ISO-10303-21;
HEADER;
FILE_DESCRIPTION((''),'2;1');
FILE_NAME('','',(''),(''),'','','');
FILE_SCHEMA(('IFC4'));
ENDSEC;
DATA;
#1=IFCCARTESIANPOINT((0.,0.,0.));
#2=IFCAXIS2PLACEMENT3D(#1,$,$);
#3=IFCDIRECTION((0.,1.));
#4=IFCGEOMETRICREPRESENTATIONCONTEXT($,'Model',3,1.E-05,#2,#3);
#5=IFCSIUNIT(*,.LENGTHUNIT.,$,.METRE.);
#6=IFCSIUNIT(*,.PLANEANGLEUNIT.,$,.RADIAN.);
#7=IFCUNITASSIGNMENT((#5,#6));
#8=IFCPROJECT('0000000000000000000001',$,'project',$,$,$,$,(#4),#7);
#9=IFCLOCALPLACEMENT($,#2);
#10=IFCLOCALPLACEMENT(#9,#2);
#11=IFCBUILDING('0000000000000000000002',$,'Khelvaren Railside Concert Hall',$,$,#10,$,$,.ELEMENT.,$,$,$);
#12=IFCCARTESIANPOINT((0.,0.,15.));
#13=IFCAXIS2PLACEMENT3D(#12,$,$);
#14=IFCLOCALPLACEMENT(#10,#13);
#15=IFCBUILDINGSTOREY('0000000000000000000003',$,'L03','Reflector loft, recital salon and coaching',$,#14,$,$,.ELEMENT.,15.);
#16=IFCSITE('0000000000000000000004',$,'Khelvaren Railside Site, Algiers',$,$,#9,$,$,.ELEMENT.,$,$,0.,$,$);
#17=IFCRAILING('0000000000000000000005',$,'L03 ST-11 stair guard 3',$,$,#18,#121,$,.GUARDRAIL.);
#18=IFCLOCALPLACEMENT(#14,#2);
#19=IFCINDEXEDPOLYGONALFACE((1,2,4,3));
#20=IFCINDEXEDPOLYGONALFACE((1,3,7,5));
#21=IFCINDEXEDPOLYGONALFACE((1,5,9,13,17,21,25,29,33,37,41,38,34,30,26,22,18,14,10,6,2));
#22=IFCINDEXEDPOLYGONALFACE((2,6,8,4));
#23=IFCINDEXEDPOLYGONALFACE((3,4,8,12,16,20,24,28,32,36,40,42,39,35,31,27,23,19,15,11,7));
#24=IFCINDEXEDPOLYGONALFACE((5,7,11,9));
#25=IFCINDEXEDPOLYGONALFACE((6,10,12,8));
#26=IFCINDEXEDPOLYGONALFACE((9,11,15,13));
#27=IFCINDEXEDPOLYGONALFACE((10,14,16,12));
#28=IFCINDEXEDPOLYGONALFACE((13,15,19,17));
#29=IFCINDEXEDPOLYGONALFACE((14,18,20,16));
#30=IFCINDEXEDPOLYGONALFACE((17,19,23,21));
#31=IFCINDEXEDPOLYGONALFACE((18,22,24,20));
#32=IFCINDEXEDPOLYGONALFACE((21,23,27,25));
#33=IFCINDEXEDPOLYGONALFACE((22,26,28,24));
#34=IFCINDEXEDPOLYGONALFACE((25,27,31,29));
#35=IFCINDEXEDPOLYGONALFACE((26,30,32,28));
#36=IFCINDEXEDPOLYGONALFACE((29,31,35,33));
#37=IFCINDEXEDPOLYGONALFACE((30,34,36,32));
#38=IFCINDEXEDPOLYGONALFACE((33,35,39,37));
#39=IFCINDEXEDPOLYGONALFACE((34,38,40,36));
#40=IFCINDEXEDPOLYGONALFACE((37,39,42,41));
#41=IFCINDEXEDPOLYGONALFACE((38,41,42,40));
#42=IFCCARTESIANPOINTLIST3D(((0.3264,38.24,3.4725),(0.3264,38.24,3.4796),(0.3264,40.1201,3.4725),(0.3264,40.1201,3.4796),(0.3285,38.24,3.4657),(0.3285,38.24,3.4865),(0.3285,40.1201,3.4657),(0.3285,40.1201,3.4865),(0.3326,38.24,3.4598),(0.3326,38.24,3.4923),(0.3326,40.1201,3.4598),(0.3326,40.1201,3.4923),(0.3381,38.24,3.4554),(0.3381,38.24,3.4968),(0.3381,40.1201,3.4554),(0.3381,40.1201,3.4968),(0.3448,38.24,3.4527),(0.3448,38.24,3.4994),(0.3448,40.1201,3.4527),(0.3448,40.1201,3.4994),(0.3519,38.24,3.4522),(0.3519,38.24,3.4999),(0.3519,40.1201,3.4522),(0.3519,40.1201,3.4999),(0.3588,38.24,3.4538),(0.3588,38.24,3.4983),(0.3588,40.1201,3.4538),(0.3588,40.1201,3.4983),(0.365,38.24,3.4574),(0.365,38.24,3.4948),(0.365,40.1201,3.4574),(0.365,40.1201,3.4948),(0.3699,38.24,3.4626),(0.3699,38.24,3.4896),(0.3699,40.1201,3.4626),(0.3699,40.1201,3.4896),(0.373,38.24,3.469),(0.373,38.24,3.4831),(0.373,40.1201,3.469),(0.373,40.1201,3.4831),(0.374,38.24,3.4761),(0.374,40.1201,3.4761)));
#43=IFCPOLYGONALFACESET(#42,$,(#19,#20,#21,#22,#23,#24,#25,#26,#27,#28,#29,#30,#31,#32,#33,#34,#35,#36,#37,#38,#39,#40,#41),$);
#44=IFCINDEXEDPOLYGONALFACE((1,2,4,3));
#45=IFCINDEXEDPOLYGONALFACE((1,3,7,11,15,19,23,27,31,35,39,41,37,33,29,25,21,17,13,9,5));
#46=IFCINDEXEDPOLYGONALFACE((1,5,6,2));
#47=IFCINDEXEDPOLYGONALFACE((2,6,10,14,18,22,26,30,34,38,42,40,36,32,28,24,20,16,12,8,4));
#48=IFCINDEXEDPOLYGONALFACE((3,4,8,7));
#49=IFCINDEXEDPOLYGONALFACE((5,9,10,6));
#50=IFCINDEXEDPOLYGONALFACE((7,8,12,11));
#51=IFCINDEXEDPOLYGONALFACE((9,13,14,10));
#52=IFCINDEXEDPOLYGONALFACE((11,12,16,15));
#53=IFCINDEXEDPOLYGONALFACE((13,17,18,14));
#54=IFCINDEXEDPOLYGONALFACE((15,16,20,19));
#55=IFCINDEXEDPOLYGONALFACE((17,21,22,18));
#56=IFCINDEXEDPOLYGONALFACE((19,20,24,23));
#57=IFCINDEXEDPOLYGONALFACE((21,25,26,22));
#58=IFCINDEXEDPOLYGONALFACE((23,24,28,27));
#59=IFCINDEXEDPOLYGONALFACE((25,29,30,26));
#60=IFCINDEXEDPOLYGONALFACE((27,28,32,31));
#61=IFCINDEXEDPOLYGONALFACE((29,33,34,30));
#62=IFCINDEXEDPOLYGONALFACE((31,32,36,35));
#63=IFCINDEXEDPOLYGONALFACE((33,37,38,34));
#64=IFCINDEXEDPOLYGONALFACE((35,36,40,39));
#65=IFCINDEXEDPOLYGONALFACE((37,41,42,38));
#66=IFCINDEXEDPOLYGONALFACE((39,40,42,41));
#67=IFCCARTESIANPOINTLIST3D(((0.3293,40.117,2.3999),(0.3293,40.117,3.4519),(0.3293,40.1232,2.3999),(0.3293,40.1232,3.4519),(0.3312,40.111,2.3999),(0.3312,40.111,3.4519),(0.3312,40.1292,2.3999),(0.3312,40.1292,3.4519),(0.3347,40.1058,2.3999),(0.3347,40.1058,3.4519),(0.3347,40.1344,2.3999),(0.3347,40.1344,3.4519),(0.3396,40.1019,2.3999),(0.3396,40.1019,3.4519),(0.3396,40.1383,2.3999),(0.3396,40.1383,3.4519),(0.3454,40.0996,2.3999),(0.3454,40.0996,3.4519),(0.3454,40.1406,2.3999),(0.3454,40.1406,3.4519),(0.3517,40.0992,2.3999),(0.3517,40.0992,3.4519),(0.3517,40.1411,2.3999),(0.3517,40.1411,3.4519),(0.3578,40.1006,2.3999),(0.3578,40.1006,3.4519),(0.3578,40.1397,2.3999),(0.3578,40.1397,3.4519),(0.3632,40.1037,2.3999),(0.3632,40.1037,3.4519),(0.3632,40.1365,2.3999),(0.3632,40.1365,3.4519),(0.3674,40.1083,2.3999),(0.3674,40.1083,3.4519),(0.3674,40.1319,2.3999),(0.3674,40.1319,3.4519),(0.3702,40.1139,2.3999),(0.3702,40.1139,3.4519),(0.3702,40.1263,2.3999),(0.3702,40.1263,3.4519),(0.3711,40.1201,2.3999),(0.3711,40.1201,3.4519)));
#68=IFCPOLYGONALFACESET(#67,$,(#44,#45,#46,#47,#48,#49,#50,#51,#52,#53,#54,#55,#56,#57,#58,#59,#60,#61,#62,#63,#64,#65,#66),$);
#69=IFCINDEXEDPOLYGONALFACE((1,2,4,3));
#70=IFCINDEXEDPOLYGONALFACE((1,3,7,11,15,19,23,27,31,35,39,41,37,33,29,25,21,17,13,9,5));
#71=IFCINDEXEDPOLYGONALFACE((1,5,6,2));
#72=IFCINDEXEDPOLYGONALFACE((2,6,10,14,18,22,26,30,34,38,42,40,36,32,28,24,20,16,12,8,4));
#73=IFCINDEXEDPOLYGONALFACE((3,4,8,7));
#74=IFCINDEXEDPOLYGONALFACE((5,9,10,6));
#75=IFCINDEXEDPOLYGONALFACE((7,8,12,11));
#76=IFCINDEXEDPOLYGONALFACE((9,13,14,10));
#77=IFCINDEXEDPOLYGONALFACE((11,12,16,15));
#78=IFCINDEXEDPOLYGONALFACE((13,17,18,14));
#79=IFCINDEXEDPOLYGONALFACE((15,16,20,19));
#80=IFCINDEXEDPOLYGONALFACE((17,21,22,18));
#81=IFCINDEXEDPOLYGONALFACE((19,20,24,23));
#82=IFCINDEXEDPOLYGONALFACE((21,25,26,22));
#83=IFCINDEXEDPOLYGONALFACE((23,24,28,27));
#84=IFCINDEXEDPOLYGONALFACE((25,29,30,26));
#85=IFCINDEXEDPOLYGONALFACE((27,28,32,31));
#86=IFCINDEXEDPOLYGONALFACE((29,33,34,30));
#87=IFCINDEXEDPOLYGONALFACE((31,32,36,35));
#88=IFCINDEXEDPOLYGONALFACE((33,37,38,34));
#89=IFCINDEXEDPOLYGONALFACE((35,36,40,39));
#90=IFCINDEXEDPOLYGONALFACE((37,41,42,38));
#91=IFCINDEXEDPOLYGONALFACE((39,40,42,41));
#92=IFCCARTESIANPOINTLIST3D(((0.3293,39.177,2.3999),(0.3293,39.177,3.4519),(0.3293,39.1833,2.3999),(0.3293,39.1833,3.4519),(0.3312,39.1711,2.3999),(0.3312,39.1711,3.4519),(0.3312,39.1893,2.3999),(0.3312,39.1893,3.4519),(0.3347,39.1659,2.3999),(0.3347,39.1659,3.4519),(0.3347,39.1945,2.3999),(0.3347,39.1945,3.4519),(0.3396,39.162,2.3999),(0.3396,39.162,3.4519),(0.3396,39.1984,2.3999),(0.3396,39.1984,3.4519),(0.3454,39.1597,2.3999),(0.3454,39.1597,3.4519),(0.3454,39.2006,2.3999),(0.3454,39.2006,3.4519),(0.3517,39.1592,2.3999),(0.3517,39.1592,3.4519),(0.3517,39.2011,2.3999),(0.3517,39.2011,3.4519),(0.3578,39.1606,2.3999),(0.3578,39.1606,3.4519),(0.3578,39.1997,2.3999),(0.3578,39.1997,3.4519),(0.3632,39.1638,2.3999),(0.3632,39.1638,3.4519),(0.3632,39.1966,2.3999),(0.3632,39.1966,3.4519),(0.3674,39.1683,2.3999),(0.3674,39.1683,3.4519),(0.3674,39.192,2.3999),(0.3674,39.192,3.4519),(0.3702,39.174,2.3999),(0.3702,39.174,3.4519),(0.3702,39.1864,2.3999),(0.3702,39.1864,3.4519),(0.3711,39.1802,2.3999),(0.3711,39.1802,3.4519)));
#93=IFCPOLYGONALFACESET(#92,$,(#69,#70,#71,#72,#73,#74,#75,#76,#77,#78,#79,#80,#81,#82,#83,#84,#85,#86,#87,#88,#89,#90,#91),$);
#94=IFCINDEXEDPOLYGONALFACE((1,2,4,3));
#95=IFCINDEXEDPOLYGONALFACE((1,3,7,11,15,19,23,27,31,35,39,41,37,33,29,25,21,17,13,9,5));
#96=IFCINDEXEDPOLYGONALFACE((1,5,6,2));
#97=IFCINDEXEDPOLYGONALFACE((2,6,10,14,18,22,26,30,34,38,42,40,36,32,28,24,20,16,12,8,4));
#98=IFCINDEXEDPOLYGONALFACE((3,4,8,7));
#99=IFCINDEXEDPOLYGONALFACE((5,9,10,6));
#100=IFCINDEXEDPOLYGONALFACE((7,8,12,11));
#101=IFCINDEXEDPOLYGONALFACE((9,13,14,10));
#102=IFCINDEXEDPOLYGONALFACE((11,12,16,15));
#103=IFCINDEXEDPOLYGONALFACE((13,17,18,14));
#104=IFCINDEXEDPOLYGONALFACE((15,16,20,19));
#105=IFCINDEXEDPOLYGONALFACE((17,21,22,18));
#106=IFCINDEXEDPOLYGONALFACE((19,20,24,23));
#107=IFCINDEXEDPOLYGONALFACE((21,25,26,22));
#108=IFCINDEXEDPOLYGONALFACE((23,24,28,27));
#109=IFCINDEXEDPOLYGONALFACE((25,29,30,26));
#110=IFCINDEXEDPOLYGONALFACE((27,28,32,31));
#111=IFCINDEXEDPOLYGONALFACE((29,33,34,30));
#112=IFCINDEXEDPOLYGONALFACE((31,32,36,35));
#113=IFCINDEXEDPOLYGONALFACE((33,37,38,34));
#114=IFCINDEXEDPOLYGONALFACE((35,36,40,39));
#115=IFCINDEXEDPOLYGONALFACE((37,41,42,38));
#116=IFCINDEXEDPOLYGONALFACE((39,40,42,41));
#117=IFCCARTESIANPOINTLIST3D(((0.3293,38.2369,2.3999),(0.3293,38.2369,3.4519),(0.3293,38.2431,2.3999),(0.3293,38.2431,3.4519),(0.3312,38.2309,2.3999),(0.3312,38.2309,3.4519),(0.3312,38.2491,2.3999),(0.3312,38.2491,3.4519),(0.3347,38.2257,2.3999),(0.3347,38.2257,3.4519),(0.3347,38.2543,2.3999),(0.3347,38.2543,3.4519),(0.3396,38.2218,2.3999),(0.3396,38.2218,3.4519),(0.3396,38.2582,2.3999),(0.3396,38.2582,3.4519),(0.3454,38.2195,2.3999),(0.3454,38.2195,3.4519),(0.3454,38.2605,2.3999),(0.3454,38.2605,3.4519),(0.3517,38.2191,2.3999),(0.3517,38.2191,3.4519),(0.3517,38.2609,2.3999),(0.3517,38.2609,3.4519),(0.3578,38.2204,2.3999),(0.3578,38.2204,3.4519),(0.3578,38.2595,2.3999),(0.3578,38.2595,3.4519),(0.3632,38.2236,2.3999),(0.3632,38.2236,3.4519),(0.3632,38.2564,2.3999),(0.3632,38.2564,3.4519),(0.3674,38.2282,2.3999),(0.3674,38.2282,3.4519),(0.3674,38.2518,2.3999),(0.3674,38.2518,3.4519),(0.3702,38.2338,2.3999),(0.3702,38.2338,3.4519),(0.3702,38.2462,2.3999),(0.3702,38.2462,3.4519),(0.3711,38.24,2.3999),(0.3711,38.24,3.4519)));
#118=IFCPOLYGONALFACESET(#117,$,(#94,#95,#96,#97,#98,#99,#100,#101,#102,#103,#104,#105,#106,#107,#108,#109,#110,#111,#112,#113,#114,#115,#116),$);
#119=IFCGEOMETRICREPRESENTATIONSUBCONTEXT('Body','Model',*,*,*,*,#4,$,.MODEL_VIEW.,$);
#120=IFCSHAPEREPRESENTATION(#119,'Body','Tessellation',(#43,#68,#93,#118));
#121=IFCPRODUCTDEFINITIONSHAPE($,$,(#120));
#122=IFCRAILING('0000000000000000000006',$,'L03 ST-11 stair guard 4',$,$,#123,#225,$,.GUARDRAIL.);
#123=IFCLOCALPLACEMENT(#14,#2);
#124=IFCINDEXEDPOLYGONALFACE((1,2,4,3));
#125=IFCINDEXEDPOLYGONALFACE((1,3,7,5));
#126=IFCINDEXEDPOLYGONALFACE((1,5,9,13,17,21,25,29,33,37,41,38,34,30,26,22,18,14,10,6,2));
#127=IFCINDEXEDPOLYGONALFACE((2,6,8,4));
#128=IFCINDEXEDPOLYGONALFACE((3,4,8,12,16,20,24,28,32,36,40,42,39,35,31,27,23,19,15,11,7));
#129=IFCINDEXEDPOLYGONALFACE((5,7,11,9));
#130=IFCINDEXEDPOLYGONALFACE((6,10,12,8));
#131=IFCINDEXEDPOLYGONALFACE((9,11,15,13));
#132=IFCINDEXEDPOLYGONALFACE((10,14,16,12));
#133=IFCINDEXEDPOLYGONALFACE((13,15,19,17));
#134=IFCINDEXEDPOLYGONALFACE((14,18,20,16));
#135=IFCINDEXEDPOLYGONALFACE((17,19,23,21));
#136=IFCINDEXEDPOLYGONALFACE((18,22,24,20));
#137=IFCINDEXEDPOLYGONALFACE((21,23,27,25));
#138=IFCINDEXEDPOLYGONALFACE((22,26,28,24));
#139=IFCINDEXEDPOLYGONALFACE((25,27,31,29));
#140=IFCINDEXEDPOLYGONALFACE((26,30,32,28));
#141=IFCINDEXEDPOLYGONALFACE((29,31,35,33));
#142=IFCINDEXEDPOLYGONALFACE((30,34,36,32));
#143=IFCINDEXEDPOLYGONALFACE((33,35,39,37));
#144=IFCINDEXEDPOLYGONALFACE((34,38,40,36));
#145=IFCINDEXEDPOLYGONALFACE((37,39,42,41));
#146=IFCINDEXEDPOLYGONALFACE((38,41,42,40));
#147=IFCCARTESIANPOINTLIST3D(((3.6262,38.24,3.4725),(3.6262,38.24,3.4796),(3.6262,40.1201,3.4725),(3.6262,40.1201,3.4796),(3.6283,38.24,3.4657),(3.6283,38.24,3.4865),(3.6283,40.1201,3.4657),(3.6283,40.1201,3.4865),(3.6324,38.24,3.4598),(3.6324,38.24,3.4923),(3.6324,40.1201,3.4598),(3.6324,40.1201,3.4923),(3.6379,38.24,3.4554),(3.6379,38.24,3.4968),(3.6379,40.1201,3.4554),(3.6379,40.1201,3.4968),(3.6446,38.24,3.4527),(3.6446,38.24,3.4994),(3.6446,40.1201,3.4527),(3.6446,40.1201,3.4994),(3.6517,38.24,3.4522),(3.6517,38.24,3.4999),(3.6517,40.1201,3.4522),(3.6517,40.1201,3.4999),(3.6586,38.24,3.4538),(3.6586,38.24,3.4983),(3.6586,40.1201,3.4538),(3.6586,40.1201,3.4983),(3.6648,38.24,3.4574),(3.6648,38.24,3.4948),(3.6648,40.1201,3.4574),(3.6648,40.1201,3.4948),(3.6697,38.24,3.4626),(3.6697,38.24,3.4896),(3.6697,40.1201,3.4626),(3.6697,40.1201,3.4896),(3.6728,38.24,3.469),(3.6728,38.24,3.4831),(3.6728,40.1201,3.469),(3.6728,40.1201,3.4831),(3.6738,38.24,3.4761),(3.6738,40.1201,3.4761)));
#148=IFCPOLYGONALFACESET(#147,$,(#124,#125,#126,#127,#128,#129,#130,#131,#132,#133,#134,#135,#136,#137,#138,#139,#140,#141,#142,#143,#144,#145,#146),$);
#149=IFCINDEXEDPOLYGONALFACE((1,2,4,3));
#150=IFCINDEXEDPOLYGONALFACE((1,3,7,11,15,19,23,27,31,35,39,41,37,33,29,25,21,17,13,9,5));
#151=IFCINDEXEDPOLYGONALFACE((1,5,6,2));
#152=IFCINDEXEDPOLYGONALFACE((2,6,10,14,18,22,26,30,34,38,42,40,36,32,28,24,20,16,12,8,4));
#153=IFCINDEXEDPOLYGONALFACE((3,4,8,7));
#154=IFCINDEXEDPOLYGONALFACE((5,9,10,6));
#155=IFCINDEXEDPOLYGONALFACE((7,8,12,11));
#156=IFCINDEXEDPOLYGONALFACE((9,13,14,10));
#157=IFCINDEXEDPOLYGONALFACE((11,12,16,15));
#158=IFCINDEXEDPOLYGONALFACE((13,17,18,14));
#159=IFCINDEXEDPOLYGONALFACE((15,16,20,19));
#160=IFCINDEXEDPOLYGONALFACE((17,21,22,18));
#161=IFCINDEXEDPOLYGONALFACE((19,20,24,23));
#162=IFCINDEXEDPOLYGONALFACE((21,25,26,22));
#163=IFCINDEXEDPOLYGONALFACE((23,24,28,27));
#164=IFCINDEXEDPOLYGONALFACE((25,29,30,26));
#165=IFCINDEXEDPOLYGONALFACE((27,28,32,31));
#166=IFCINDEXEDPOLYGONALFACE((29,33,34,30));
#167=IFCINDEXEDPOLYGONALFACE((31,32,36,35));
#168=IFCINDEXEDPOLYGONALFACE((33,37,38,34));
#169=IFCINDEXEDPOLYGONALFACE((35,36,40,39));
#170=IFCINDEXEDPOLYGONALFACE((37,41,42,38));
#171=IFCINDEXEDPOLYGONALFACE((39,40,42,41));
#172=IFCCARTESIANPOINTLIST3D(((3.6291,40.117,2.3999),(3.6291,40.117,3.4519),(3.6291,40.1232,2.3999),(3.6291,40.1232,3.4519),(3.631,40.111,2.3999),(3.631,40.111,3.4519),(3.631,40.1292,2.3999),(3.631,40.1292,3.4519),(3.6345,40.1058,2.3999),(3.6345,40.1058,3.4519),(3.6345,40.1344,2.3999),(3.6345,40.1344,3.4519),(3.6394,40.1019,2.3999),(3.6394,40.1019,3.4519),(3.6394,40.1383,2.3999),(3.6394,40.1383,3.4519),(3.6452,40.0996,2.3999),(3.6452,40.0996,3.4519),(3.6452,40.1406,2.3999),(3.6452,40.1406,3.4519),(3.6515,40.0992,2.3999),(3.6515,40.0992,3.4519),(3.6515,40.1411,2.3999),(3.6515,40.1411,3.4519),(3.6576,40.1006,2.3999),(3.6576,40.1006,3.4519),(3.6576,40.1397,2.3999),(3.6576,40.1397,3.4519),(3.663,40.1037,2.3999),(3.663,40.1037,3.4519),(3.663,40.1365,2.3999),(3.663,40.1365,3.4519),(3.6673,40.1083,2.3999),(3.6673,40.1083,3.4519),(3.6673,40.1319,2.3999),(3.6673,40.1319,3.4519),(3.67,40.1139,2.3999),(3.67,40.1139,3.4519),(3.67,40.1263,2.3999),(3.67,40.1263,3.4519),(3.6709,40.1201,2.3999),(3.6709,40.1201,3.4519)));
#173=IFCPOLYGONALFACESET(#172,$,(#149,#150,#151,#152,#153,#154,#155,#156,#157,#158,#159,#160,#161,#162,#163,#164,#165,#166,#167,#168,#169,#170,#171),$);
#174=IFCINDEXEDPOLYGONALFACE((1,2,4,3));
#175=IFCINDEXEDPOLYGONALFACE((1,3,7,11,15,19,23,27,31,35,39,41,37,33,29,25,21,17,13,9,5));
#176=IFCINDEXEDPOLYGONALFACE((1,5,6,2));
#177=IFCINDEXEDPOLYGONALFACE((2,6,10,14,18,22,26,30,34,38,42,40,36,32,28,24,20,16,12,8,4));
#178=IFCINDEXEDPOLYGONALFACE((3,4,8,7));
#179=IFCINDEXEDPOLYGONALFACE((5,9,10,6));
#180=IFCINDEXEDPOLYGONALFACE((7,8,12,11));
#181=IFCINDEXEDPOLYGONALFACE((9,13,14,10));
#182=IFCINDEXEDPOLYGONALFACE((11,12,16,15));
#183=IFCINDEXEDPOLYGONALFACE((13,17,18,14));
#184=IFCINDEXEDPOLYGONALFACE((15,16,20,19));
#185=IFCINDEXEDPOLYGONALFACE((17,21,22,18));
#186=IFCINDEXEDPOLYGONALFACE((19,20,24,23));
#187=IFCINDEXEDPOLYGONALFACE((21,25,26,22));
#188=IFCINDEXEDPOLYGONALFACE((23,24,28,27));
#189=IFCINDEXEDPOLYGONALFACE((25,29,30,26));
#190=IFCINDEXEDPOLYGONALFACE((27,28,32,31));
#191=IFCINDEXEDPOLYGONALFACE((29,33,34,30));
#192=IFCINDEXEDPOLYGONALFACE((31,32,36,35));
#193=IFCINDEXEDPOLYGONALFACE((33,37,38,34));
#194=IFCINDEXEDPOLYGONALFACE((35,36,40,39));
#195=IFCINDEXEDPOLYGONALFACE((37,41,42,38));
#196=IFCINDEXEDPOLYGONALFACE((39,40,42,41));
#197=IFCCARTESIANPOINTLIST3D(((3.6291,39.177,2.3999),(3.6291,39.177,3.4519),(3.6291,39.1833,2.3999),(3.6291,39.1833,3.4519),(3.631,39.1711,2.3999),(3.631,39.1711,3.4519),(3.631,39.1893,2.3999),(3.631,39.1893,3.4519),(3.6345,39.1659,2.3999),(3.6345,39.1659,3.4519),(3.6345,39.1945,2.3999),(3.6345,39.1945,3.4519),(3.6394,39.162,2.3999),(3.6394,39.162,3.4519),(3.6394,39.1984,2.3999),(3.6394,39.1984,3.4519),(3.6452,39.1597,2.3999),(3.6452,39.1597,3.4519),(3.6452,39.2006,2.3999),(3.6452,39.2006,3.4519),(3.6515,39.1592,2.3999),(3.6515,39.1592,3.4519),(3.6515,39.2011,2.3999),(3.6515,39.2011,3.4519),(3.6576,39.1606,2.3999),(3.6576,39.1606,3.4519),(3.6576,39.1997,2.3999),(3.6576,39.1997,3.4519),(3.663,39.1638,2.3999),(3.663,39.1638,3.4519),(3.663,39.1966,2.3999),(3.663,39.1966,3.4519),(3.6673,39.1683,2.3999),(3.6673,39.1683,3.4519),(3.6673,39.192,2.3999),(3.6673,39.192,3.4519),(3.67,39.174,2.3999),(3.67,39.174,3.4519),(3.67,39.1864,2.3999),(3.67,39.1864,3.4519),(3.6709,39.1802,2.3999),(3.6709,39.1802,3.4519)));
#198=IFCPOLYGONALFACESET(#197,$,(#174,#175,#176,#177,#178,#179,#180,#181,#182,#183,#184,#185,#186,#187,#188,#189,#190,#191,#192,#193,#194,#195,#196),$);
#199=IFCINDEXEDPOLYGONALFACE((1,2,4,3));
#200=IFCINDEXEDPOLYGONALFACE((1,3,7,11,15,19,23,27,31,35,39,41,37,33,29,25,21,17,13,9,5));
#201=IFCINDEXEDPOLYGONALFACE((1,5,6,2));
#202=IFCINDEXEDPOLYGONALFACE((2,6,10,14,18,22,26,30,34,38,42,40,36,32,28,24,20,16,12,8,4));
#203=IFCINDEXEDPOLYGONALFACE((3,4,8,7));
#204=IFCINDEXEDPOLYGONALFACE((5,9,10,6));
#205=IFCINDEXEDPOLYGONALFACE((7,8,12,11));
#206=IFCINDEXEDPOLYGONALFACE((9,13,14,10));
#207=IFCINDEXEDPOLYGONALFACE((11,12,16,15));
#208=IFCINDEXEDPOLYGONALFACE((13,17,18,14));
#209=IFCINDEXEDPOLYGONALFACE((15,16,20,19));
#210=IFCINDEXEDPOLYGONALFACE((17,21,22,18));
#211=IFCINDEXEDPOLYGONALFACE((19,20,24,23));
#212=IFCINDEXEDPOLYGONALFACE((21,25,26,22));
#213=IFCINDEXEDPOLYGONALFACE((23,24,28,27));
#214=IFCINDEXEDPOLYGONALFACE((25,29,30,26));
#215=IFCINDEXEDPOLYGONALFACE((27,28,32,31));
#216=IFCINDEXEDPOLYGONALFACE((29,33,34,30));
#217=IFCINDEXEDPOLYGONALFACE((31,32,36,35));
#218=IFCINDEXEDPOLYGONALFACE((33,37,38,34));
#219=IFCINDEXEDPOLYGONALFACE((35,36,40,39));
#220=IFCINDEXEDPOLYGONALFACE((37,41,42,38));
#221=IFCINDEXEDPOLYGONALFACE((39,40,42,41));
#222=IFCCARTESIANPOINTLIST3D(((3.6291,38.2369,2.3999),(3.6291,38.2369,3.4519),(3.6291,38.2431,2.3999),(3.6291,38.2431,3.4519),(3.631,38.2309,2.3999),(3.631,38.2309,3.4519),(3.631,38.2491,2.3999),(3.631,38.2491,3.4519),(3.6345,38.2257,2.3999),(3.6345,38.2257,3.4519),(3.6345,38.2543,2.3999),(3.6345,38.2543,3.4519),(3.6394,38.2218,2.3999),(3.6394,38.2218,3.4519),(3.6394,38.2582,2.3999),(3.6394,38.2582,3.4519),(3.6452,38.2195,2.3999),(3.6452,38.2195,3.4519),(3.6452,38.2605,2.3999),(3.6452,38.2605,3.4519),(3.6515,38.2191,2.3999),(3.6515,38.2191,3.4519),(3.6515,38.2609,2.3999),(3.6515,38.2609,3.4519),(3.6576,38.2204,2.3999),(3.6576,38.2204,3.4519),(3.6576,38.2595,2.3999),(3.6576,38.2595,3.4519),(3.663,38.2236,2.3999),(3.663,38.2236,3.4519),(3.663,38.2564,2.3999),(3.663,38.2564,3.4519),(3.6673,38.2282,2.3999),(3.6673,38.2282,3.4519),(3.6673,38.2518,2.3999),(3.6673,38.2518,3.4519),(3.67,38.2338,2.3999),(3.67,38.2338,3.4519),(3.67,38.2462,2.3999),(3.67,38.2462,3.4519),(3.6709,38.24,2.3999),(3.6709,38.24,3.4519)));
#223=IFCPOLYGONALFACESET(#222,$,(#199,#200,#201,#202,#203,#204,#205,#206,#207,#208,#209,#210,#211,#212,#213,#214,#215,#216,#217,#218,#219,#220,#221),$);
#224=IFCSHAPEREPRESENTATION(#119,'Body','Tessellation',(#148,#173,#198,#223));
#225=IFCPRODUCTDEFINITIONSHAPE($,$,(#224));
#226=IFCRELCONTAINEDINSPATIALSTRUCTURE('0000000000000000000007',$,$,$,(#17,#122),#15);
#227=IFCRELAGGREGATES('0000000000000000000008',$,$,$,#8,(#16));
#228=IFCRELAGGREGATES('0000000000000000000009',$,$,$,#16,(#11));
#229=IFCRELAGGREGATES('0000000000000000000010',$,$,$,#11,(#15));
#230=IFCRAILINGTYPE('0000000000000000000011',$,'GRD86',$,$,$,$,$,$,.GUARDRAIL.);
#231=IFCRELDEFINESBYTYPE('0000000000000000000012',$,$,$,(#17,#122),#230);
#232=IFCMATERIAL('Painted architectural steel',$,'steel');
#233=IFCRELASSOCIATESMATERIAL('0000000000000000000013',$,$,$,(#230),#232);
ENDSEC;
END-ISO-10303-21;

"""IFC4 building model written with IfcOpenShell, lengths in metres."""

from ifc_helpers import new_model, si_unit, direction, frame, origin, origin_2d, place, context, subcontext, project, spatial, circle, extrude, material, type_object, element, save


model = new_model("IFC4")

# Units and contexts
model_context = context("Model", 3, precision=1e-05, world=origin(), true_north=direction((0.0, 1.0)))
body_context = subcontext(model_context, "Body", "Model", "MODEL_VIEW")
ifc_project = project(units=[si_unit("LENGTHUNIT", "METRE"), si_unit("PLANEANGLEUNIT", "RADIAN")], contexts=[model_context])

# Site, building, storey
site_placement = place(None, origin())
site = spatial("IfcSite", under=ifc_project, at=site_placement, Name="Khelvaren Railside Site, Algiers", CompositionType="ELEMENT", RefElevation=0.0)
building_placement = place(site_placement, origin())
building = spatial("IfcBuilding", under=site, at=building_placement, Name="Khelvaren Railside Concert Hall", CompositionType="ELEMENT")
storey_placement = place(building_placement, frame((0.0, 0.0, 15.0)))
storey = spatial("IfcBuildingStorey", under=building, at=storey_placement, Name="L03", Description="Reflector loft, recital salon and coaching", CompositionType="ELEMENT", Elevation=15.0)

# Railings
ifc_material_1 = material(Name="Painted architectural steel", Category="steel")
railing_type_1 = type_object("IfcRailingType", Name="GRD86", PredefinedType="GUARDRAIL", material=ifc_material_1)
for number, where, name in (
    (1, (0.3501, 40.1201, 2.3999), "L03 ST-11 stair guard 3"),
    (2, (3.6499, 40.1201, 2.3999), "L03 ST-11 stair guard 4"),
):
    element("IfcRailing", number, at=place(storey_placement, frame(where)), inside=storey, type_object=railing_type_1, Name=name, PredefinedType="GUARDRAIL", context=body_context, shape_type="SweptSolid", body=[
        extrude(circle(Radius=0.0239, at=origin_2d()), frame((0.0, 0.0, 1.0762), z_axis=(0.0, -1.0, 0.0), x_axis=(1.0, 0.0, 0.0)), (0.0, 0.0, 1.0), 1.8801),
        extrude(circle(Radius=0.021, at=origin_2d()), origin(), (0.0, 0.0, 1.0), 1.052),
        extrude(circle(Radius=0.021, at=origin_2d()), frame((0.0, -0.9399, 0.0)), (0.0, 0.0, 1.0), 1.052),
        extrude(circle(Radius=0.021, at=origin_2d()), frame((0.0, -1.8801, 0.0)), (0.0, 0.0, 1.0), 1.052),
    ])

save(model, "model.ifc")
